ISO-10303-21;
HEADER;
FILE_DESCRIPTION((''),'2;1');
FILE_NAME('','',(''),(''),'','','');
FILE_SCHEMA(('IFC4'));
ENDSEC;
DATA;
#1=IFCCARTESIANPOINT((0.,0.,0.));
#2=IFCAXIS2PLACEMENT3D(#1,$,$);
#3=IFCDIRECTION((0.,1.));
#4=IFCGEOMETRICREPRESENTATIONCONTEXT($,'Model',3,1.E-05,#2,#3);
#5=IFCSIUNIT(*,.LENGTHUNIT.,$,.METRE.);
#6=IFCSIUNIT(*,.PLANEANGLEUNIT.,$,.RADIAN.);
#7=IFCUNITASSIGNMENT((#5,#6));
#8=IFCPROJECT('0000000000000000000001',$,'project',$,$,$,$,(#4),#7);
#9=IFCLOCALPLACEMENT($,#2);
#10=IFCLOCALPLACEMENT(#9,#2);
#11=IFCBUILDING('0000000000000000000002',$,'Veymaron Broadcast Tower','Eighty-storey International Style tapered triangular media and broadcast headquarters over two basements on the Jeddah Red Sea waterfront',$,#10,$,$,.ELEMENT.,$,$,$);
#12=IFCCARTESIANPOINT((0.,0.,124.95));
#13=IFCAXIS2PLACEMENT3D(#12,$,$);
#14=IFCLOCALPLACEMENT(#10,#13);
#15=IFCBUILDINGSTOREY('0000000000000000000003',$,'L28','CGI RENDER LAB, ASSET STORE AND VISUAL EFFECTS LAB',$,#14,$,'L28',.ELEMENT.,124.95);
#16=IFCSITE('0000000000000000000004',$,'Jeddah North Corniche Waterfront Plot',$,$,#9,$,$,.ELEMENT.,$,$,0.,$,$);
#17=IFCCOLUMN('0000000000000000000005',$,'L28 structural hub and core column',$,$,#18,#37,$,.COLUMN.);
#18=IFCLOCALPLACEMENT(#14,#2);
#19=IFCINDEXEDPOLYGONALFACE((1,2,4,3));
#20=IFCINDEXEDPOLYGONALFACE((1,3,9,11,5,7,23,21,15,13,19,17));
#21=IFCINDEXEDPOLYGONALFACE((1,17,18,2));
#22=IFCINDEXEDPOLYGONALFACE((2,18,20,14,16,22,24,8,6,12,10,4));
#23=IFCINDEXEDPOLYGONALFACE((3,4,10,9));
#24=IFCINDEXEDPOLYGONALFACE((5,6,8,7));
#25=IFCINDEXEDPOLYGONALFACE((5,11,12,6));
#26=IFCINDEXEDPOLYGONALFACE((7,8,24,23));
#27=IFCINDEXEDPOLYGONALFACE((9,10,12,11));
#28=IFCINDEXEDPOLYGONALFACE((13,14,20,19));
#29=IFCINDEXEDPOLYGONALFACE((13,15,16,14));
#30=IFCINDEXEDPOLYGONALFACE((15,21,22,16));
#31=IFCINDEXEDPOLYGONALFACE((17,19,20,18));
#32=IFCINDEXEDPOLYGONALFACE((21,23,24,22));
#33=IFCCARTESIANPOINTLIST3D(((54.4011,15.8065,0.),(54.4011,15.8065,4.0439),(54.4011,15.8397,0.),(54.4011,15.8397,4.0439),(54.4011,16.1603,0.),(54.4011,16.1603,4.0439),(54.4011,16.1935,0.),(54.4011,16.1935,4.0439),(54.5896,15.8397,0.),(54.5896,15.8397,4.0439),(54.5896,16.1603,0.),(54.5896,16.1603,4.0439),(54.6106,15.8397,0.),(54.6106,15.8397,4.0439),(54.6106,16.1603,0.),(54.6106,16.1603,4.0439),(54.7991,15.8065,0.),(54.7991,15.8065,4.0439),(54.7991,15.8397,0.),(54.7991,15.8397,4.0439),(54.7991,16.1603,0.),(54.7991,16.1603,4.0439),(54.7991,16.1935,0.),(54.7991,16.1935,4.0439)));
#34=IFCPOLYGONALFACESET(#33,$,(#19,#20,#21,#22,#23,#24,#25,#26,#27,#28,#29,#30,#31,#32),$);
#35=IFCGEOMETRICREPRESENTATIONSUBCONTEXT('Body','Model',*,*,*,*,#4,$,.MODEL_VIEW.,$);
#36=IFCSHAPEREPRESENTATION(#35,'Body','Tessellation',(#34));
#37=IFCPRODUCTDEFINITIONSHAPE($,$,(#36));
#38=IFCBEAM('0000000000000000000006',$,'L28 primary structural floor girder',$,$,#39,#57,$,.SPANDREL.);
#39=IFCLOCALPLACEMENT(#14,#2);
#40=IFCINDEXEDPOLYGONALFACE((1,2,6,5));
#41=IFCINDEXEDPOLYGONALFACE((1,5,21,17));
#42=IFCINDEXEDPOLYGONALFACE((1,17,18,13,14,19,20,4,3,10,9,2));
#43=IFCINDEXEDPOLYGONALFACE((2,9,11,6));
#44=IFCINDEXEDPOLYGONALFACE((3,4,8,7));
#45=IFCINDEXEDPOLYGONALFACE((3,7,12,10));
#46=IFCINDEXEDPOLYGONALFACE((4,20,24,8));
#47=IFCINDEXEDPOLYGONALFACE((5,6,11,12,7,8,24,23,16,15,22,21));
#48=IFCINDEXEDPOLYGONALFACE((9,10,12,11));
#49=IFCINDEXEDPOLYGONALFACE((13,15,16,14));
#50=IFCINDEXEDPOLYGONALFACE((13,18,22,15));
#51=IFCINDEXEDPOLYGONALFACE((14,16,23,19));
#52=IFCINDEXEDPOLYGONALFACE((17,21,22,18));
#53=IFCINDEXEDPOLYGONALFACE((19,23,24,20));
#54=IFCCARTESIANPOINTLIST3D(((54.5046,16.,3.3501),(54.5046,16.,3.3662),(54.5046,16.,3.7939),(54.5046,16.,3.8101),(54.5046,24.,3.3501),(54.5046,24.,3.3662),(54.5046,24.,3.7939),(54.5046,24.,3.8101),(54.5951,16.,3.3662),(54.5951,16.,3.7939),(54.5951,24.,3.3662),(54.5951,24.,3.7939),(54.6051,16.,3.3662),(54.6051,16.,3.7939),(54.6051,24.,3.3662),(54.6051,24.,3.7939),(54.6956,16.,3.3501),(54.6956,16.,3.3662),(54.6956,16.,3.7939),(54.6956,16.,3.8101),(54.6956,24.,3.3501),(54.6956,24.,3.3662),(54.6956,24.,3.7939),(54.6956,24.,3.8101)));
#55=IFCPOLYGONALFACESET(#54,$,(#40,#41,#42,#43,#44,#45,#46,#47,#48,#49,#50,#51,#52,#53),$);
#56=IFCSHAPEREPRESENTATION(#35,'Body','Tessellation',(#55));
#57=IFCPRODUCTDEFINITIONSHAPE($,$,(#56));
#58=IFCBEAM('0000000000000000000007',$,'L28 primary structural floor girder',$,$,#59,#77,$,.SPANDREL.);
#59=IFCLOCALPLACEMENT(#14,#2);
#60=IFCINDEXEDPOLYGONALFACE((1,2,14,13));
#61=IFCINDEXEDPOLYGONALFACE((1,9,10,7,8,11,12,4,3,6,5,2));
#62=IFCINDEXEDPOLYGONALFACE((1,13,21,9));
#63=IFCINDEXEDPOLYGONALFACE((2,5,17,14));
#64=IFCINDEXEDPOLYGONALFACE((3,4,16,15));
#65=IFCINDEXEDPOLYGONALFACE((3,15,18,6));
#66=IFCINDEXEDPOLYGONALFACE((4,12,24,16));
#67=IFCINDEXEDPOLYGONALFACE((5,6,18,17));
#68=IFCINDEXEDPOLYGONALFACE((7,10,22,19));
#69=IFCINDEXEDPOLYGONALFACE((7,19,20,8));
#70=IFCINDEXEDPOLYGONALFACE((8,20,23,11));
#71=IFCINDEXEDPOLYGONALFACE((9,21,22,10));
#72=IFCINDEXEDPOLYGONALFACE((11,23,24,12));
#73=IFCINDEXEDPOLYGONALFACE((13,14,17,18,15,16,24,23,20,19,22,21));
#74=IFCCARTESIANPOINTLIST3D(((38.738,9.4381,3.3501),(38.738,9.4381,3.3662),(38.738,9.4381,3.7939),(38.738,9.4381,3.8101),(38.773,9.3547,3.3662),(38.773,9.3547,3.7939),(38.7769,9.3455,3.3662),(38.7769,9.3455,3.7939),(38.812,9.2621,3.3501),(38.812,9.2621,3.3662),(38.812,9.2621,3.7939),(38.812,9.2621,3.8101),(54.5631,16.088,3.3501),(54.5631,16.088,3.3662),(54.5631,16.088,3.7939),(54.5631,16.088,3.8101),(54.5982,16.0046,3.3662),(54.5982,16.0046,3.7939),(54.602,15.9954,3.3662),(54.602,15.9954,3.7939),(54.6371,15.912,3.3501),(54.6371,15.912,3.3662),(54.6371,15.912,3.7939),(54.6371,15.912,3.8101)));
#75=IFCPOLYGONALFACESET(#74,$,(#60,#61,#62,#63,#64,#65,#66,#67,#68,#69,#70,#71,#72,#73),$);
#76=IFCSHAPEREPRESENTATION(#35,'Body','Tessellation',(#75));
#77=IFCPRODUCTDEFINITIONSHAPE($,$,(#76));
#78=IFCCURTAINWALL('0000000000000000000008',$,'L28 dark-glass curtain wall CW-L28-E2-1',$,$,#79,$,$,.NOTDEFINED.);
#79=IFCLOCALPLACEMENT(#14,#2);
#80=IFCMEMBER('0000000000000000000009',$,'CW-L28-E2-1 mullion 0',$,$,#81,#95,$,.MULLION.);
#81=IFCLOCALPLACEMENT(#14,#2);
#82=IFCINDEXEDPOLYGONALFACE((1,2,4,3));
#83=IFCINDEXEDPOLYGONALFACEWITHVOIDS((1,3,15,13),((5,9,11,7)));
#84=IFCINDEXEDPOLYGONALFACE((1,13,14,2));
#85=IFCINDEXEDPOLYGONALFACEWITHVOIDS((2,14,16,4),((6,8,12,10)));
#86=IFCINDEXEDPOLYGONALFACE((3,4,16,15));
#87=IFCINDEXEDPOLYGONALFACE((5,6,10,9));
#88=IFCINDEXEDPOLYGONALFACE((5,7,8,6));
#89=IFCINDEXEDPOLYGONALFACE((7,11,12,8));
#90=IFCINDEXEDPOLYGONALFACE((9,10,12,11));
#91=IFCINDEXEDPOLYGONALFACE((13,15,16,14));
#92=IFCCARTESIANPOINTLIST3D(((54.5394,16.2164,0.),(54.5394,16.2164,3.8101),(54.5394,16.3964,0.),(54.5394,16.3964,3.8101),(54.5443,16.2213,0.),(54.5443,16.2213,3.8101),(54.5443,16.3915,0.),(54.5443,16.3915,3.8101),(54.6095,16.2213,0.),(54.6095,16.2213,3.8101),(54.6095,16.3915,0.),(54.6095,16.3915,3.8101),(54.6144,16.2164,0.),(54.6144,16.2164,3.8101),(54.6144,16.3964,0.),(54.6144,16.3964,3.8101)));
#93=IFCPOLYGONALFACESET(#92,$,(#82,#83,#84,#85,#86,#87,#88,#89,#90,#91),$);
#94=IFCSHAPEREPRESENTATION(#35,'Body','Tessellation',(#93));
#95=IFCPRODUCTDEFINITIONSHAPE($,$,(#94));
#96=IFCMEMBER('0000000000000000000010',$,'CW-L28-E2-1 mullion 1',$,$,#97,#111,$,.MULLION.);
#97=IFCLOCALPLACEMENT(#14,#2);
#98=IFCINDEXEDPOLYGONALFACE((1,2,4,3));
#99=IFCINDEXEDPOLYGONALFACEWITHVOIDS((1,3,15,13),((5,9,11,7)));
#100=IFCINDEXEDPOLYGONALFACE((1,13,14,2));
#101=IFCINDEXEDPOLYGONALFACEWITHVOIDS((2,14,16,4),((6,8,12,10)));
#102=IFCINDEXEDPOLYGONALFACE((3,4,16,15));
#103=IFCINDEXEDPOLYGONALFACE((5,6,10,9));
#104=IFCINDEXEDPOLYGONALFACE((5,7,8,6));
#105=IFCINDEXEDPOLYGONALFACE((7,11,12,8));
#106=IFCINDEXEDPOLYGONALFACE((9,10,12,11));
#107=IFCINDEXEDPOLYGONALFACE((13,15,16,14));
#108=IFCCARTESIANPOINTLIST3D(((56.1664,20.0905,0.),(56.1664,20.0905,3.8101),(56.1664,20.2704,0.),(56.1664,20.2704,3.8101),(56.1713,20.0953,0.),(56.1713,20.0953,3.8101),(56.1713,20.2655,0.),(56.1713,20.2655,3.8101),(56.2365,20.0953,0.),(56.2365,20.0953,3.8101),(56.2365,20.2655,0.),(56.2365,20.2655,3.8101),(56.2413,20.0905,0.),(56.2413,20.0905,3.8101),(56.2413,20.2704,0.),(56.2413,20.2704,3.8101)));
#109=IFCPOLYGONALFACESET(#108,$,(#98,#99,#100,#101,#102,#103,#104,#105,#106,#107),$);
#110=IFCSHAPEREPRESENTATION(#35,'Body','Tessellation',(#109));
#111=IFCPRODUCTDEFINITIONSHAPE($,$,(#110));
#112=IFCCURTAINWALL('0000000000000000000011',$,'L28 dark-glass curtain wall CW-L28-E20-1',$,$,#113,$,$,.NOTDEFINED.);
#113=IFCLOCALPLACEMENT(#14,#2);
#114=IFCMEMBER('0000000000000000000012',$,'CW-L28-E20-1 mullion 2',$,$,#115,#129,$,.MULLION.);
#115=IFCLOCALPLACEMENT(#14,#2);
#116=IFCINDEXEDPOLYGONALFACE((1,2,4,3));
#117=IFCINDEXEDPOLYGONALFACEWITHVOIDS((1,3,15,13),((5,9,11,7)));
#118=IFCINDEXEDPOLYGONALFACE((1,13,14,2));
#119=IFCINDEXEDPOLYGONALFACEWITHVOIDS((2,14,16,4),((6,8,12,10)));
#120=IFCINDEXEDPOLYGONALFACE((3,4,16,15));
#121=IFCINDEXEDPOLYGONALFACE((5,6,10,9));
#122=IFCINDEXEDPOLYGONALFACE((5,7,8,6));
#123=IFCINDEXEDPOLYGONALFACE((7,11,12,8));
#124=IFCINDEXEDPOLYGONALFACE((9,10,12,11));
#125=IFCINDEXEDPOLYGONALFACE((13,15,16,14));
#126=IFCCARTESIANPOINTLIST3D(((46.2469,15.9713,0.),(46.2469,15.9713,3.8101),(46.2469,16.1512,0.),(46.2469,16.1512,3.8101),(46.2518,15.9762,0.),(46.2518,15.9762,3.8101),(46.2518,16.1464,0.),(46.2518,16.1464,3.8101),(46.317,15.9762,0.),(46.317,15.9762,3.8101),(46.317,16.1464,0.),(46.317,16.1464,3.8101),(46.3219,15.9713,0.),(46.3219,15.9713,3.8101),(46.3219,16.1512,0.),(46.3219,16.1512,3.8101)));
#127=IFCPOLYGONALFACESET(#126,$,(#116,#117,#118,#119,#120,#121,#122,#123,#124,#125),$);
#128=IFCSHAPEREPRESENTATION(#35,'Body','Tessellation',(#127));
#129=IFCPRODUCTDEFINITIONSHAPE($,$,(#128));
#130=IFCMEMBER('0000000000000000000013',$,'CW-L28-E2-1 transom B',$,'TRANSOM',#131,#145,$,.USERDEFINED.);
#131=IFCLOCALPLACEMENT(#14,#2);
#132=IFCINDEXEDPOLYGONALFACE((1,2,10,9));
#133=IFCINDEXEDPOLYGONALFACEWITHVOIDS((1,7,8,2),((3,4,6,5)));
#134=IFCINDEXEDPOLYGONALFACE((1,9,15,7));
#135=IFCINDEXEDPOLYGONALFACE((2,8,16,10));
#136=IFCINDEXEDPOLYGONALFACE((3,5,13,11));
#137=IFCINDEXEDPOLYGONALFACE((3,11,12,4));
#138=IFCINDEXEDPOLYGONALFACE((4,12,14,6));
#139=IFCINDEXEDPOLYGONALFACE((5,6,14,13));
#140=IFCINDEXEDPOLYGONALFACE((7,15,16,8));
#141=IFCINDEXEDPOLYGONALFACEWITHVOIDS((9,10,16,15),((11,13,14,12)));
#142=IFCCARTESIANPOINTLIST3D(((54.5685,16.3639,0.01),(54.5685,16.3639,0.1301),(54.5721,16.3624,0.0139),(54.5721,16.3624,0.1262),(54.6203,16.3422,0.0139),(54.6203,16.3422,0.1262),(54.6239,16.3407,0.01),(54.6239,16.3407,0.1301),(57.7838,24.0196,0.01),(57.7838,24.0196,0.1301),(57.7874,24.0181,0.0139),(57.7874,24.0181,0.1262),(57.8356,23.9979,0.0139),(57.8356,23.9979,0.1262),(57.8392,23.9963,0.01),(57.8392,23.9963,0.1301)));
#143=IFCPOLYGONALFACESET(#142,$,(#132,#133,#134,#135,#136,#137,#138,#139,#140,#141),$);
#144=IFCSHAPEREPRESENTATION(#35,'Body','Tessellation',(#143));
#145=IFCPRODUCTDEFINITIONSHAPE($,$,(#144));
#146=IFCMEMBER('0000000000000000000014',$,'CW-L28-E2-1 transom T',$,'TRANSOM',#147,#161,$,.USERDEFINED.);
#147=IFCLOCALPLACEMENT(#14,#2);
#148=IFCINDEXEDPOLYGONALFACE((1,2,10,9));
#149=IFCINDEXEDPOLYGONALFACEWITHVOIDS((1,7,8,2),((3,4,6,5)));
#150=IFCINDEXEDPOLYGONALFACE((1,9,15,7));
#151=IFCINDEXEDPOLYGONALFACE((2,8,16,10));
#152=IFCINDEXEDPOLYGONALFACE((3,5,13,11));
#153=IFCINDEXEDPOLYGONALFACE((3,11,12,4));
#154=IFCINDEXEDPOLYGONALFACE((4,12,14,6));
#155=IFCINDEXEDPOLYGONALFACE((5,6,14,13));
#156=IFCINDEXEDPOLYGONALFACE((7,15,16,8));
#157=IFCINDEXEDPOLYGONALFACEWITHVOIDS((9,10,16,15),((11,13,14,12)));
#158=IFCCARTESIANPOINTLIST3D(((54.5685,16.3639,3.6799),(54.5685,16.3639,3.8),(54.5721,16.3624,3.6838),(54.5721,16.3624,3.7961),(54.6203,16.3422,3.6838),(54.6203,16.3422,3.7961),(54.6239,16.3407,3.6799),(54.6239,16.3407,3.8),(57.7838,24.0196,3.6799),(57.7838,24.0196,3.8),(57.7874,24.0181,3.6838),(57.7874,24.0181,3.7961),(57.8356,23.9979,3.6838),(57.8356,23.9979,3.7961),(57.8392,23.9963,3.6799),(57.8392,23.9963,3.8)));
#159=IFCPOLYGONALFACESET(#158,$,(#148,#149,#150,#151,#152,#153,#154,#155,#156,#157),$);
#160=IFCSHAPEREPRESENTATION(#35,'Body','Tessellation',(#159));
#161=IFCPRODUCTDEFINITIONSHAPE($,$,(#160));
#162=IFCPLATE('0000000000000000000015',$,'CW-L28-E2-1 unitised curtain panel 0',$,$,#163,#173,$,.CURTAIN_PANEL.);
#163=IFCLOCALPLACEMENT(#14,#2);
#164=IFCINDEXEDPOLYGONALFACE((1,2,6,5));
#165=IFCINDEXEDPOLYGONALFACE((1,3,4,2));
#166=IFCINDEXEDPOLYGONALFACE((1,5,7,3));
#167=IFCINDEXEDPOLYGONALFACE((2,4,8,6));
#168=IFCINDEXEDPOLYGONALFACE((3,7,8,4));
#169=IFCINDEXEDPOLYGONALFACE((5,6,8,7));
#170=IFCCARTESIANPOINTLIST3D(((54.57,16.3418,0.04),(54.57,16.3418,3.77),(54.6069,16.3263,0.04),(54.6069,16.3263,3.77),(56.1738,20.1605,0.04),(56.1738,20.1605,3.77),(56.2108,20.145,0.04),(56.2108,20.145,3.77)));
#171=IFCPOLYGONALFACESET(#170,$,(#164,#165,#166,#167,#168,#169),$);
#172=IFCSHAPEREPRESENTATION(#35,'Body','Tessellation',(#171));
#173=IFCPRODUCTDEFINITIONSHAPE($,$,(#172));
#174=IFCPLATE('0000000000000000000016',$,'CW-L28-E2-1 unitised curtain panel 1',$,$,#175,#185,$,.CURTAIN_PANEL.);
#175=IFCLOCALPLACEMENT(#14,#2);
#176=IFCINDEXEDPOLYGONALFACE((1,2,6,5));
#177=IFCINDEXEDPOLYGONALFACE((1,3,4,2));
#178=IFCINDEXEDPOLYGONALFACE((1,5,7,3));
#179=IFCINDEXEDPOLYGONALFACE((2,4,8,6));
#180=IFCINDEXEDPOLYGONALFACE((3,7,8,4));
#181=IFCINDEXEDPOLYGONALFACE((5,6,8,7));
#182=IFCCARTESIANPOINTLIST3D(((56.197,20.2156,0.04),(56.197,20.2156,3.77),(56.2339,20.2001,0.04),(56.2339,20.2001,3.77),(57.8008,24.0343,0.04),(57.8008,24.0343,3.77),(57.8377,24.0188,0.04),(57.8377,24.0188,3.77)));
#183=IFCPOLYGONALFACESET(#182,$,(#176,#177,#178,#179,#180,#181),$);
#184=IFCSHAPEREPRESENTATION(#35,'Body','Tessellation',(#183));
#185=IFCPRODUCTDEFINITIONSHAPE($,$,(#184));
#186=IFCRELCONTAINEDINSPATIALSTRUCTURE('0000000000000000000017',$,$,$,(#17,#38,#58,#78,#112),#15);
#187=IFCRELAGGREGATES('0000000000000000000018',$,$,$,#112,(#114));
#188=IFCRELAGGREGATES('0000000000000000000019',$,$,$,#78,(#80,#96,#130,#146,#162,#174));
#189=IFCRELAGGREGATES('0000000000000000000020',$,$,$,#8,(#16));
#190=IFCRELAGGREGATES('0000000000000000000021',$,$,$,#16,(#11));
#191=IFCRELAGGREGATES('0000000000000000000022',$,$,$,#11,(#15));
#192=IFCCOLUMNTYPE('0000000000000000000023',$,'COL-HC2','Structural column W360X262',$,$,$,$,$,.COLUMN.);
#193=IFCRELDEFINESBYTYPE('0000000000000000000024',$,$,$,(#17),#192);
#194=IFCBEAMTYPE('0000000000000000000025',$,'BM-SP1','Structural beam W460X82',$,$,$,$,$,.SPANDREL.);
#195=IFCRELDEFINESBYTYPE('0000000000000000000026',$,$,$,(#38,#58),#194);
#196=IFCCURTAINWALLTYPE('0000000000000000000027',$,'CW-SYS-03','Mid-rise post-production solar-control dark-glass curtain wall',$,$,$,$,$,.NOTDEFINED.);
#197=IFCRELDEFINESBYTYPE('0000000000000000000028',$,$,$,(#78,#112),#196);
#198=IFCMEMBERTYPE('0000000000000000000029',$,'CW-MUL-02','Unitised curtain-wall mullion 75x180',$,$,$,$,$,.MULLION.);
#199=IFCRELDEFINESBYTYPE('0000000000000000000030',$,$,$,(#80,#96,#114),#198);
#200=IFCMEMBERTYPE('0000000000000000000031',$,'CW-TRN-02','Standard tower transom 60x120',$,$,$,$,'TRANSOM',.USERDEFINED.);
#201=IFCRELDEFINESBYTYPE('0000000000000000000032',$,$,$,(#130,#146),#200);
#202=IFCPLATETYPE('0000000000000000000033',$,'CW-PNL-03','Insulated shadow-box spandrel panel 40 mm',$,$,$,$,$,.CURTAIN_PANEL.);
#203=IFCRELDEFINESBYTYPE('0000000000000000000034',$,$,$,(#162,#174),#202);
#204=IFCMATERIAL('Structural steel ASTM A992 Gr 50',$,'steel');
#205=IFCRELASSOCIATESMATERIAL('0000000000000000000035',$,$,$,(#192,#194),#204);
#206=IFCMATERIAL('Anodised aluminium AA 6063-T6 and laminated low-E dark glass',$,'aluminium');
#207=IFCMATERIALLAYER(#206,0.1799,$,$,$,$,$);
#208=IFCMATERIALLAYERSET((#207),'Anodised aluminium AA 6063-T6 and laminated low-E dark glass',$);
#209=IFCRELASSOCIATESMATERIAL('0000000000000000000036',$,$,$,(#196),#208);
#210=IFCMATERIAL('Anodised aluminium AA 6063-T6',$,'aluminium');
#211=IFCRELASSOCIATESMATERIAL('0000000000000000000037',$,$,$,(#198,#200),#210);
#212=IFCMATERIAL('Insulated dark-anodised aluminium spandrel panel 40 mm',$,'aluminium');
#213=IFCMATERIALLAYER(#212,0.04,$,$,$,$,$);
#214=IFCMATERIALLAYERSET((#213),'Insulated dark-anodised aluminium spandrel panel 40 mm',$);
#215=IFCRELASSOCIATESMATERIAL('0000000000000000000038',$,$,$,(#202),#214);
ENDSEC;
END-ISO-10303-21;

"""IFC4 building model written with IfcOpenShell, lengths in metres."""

from ifc_helpers import new_model, si_unit, direction, frame, origin, origin_2d, place, context, subcontext, project, spatial, rectangle, hollow_rectangle, i_section, extrude, material, layer, layer_set, material_profile, profile_set, type_object, element, aggregate, save


model = new_model("IFC4")

# Units and contexts
model_context = context("Model", 3, precision=1e-05, world=origin(), true_north=direction((0.0, 1.0)))
body_context = subcontext(model_context, "Body", "Model", "MODEL_VIEW")
ifc_project = project(units=[si_unit("LENGTHUNIT", "METRE"), si_unit("PLANEANGLEUNIT", "RADIAN")], contexts=[model_context])

# Site, building, storey
site_placement = place(None, origin())
site = spatial("IfcSite", under=ifc_project, at=site_placement, Name="Jeddah North Corniche Waterfront Plot", CompositionType="ELEMENT", RefElevation=0.0)
building_placement = place(site_placement, origin())
building = spatial("IfcBuilding", under=site, at=building_placement, Name="Veymaron Broadcast Tower", Description="Eighty-storey International Style tapered triangular media and broadcast headquarters over two basements on the Jeddah Red Sea waterfront", CompositionType="ELEMENT")
storey_placement = place(building_placement, frame((0.0, 0.0, 124.95)))
storey = spatial("IfcBuildingStorey", under=building, at=storey_placement, Name="L28", Description="CGI RENDER LAB, ASSET STORE AND VISUAL EFFECTS LAB", LongName="L28", CompositionType="ELEMENT", Elevation=124.95)

# Column
ifc_material_1 = material(Name="Structural steel ASTM A992 Gr 50", Category="steel")
ifc_material_profile_1 = material_profile(ifc_material_1, i_section(OverallWidth=0.3979, OverallDepth=0.387, WebThickness=0.021, FlangeThickness=0.0332, at=origin_2d()), Name="W360X262")
ifc_profile_set_1 = profile_set([ifc_material_profile_1], Name="Structural steel ASTM A992 Gr 50")
column_type = type_object("IfcColumnType", Name="COL-HC2", Description="Structural column W360X262", PredefinedType="COLUMN", material=ifc_profile_set_1)
column_placement = place(storey_placement, frame((54.6001, 16.0, 0.0), z_axis=(0.0, 0.0, 1.0), x_axis=(1.0, 0.0, 0.0)))
element("IfcColumn", 1, at=column_placement, inside=storey, type_object=column_type, Name="L28 structural hub and core column", PredefinedType="COLUMN", context=body_context, shape_type="SweptSolid", body=[
    extrude(i_section(OverallWidth=0.3979, OverallDepth=0.387, WebThickness=0.021, FlangeThickness=0.0332, at=origin_2d()), origin(), (0.0, 0.0, 1.0), 4.0439),
])

# Beams
ifc_material_profile_2 = material_profile(ifc_material_1, i_section(OverallWidth=0.1909, OverallDepth=0.46, WebThickness=0.01, FlangeThickness=0.0161, at=origin_2d()), Name="W460X82")
ifc_profile_set_2 = profile_set([ifc_material_profile_2], Name="Structural steel ASTM A992 Gr 50")
beam_type = type_object("IfcBeamType", Name="BM-SP1", Description="Structural beam W460X82", PredefinedType="SPANDREL", material=ifc_profile_set_2)
beam_1_placement = place(storey_placement, frame((54.6001, 16.0, 3.5801), z_axis=(0.0, 1.0, 0.0), x_axis=(-1.0, 0.0, 0.0)))
element("IfcBeam", 2, at=beam_1_placement, inside=storey, type_object=beam_type, Name="L28 primary structural floor girder", PredefinedType="SPANDREL", context=body_context, shape_type="SweptSolid", body=[
    extrude(i_section(OverallWidth=0.1909, OverallDepth=0.46, WebThickness=0.01, FlangeThickness=0.0161, at=origin_2d()), origin(), (0.0, 0.0, 1.0), 8.0),
])
beam_2_placement = place(storey_placement, frame((54.6001, 16.0, 3.5801), z_axis=(-0.921913, -0.387397, 0.0), x_axis=(0.387397, -0.921913, 0.0)))
element("IfcBeam", 3, at=beam_2_placement, inside=storey, type_object=beam_type, Name="L28 primary structural floor girder", PredefinedType="SPANDREL", context=body_context, shape_type="SweptSolid", body=[
    extrude(i_section(OverallWidth=0.1909, OverallDepth=0.46, WebThickness=0.01, FlangeThickness=0.0161, at=origin_2d()), origin(), (0.0, 0.0, 1.0), 17.1655),
])

# Curtain wall, members
ifc_material_2 = material(Name="Anodised aluminium AA 6063-T6 and laminated low-E dark glass", Category="aluminium")
ifc_layer_1 = layer(ifc_material_2, 0.1799)
ifc_layer_set_1 = layer_set([ifc_layer_1], Name="Anodised aluminium AA 6063-T6 and laminated low-E dark glass")
curtain_wall_type = type_object("IfcCurtainWallType", Name="CW-SYS-03", Description="Mid-rise post-production solar-control dark-glass curtain wall", PredefinedType="NOTDEFINED", material=ifc_layer_set_1)
curtain_wall_1_placement = place(storey_placement, origin())
curtain_wall_1 = element("IfcCurtainWall", 4, at=curtain_wall_1_placement, inside=storey, type_object=curtain_wall_type, Name="L28 dark-glass curtain wall CW-L28-E2-1", PredefinedType="NOTDEFINED")
ifc_material_3 = material(Name="Anodised aluminium AA 6063-T6", Category="aluminium")
ifc_material_profile_3 = material_profile(ifc_material_3, hollow_rectangle(XDim=0.075, YDim=0.1799, WallThickness=0.0049, at=origin_2d()), Name="AL180X75X5")
ifc_profile_set_3 = profile_set([ifc_material_profile_3], Name="Anodised aluminium AA 6063-T6")
member_type_1 = type_object("IfcMemberType", Name="CW-MUL-02", Description="Unitised curtain-wall mullion 75x180", PredefinedType="MULLION", material=ifc_profile_set_3)
member_1_placement = place(storey_placement, frame((54.5769, 16.3064, 0.0), z_axis=(0.0, 0.0, 1.0), x_axis=(1.0, 0.0, 0.0)))
member_1 = element("IfcMember", 5, at=member_1_placement, type_object=member_type_1, Name="CW-L28-E2-1 mullion 0", PredefinedType="MULLION", context=body_context, shape_type="SweptSolid", body=[
    extrude(hollow_rectangle(XDim=0.075, YDim=0.1799, WallThickness=0.0049, at=origin_2d()), origin(), (0.0, 0.0, 1.0), 3.8101),
])
member_2_placement = place(storey_placement, frame((56.2039, 20.1804, 0.0), z_axis=(0.0, 0.0, 1.0), x_axis=(1.0, 0.0, 0.0)))
member_2 = element("IfcMember", 6, at=member_2_placement, type_object=member_type_1, Name="CW-L28-E2-1 mullion 1", PredefinedType="MULLION", context=body_context, shape_type="SweptSolid", body=[
    extrude(hollow_rectangle(XDim=0.075, YDim=0.1799, WallThickness=0.0049, at=origin_2d()), origin(), (0.0, 0.0, 1.0), 3.8101),
])

# Curtain wall, member
curtain_wall_2_placement = place(storey_placement, origin())
curtain_wall_2 = element("IfcCurtainWall", 7, at=curtain_wall_2_placement, inside=storey, type_object=curtain_wall_type, Name="L28 dark-glass curtain wall CW-L28-E20-1", PredefinedType="NOTDEFINED")
member_3_placement = place(storey_placement, frame((46.2844, 16.0613, 0.0), z_axis=(0.0, 0.0, 1.0), x_axis=(1.0, 0.0, 0.0)))
member_3 = element("IfcMember", 8, at=member_3_placement, type_object=member_type_1, Name="CW-L28-E20-1 mullion 2", PredefinedType="MULLION", context=body_context, shape_type="SweptSolid", body=[
    extrude(hollow_rectangle(XDim=0.075, YDim=0.1799, WallThickness=0.0049, at=origin_2d()), origin(), (0.0, 0.0, 1.0), 3.8101),
])
aggregate(curtain_wall_2, [member_3])

# Members
ifc_material_profile_4 = material_profile(ifc_material_3, hollow_rectangle(XDim=0.0601, YDim=0.1201, WallThickness=0.0039, at=origin_2d()), Name="AL120X60X4")
ifc_profile_set_4 = profile_set([ifc_material_profile_4], Name="Anodised aluminium AA 6063-T6")
member_type_2 = type_object("IfcMemberType", Name="CW-TRN-02", Description="Standard tower transom 60x120", ElementType="TRANSOM", PredefinedType="USERDEFINED", material=ifc_profile_set_4)
member_4_placement = place(storey_placement, frame((54.5962, 16.3523, 0.0701), z_axis=(0.387223, 0.921986, 0.0), x_axis=(-0.921986, 0.387223, 0.0)))
member_4 = element("IfcMember", 9, at=member_4_placement, type_object=member_type_2, Name="CW-L28-E2-1 transom B", ObjectType="TRANSOM", PredefinedType="USERDEFINED", context=body_context, shape_type="SweptSolid", body=[
    extrude(hollow_rectangle(XDim=0.0601, YDim=0.1201, WallThickness=0.0039, at=origin_2d()), origin(), (0.0, 0.0, 1.0), 8.3035),
])
member_5_placement = place(storey_placement, frame((54.5962, 16.3523, 3.74), z_axis=(0.387223, 0.921986, 0.0), x_axis=(-0.921986, 0.387223, 0.0)))
member_5 = element("IfcMember", 10, at=member_5_placement, type_object=member_type_2, Name="CW-L28-E2-1 transom T", ObjectType="TRANSOM", PredefinedType="USERDEFINED", context=body_context, shape_type="SweptSolid", body=[
    extrude(hollow_rectangle(XDim=0.0601, YDim=0.1201, WallThickness=0.0039, at=origin_2d()), origin(), (0.0, 0.0, 1.0), 8.3035),
])

# Plates
ifc_material_4 = material(Name="Insulated dark-anodised aluminium spandrel panel 40 mm", Category="aluminium")
ifc_layer_2 = layer(ifc_material_4, 0.04)
ifc_layer_set_2 = layer_set([ifc_layer_2], Name="Insulated dark-anodised aluminium spandrel panel 40 mm")
plate_type = type_object("IfcPlateType", Name="CW-PNL-03", Description="Insulated shadow-box spandrel panel 40 mm", PredefinedType="CURTAIN_PANEL", material=ifc_layer_set_2)
plate_1_placement = place(storey_placement, frame((55.3904, 18.2434, 0.04), z_axis=(0.0, 0.0, 1.0), x_axis=(0.387226, 0.921985, 0.0)))
plate_1 = element("IfcPlate", 11, at=plate_1_placement, type_object=plate_type, Name="CW-L28-E2-1 unitised curtain panel 0", PredefinedType="CURTAIN_PANEL", context=body_context, shape_type="SweptSolid", body=[
    extrude(rectangle(XDim=4.1418, YDim=0.04, at=origin_2d()), origin(), (0.0, 0.0, 1.0), 3.73),
])
plate_2_placement = place(storey_placement, frame((57.0173, 22.1172, 0.04), z_axis=(0.0, 0.0, 1.0), x_axis=(0.387226, 0.921985, 0.0)))
plate_2 = element("IfcPlate", 12, at=plate_2_placement, type_object=plate_type, Name="CW-L28-E2-1 unitised curtain panel 1", PredefinedType="CURTAIN_PANEL", context=body_context, shape_type="SweptSolid", body=[
    extrude(rectangle(XDim=4.1418, YDim=0.04, at=origin_2d()), origin(), (0.0, 0.0, 1.0), 3.73),
])
aggregate(curtain_wall_1, [member_1, member_2, member_4, member_5, plate_1, plate_2])

save(model, "model.ifc")
